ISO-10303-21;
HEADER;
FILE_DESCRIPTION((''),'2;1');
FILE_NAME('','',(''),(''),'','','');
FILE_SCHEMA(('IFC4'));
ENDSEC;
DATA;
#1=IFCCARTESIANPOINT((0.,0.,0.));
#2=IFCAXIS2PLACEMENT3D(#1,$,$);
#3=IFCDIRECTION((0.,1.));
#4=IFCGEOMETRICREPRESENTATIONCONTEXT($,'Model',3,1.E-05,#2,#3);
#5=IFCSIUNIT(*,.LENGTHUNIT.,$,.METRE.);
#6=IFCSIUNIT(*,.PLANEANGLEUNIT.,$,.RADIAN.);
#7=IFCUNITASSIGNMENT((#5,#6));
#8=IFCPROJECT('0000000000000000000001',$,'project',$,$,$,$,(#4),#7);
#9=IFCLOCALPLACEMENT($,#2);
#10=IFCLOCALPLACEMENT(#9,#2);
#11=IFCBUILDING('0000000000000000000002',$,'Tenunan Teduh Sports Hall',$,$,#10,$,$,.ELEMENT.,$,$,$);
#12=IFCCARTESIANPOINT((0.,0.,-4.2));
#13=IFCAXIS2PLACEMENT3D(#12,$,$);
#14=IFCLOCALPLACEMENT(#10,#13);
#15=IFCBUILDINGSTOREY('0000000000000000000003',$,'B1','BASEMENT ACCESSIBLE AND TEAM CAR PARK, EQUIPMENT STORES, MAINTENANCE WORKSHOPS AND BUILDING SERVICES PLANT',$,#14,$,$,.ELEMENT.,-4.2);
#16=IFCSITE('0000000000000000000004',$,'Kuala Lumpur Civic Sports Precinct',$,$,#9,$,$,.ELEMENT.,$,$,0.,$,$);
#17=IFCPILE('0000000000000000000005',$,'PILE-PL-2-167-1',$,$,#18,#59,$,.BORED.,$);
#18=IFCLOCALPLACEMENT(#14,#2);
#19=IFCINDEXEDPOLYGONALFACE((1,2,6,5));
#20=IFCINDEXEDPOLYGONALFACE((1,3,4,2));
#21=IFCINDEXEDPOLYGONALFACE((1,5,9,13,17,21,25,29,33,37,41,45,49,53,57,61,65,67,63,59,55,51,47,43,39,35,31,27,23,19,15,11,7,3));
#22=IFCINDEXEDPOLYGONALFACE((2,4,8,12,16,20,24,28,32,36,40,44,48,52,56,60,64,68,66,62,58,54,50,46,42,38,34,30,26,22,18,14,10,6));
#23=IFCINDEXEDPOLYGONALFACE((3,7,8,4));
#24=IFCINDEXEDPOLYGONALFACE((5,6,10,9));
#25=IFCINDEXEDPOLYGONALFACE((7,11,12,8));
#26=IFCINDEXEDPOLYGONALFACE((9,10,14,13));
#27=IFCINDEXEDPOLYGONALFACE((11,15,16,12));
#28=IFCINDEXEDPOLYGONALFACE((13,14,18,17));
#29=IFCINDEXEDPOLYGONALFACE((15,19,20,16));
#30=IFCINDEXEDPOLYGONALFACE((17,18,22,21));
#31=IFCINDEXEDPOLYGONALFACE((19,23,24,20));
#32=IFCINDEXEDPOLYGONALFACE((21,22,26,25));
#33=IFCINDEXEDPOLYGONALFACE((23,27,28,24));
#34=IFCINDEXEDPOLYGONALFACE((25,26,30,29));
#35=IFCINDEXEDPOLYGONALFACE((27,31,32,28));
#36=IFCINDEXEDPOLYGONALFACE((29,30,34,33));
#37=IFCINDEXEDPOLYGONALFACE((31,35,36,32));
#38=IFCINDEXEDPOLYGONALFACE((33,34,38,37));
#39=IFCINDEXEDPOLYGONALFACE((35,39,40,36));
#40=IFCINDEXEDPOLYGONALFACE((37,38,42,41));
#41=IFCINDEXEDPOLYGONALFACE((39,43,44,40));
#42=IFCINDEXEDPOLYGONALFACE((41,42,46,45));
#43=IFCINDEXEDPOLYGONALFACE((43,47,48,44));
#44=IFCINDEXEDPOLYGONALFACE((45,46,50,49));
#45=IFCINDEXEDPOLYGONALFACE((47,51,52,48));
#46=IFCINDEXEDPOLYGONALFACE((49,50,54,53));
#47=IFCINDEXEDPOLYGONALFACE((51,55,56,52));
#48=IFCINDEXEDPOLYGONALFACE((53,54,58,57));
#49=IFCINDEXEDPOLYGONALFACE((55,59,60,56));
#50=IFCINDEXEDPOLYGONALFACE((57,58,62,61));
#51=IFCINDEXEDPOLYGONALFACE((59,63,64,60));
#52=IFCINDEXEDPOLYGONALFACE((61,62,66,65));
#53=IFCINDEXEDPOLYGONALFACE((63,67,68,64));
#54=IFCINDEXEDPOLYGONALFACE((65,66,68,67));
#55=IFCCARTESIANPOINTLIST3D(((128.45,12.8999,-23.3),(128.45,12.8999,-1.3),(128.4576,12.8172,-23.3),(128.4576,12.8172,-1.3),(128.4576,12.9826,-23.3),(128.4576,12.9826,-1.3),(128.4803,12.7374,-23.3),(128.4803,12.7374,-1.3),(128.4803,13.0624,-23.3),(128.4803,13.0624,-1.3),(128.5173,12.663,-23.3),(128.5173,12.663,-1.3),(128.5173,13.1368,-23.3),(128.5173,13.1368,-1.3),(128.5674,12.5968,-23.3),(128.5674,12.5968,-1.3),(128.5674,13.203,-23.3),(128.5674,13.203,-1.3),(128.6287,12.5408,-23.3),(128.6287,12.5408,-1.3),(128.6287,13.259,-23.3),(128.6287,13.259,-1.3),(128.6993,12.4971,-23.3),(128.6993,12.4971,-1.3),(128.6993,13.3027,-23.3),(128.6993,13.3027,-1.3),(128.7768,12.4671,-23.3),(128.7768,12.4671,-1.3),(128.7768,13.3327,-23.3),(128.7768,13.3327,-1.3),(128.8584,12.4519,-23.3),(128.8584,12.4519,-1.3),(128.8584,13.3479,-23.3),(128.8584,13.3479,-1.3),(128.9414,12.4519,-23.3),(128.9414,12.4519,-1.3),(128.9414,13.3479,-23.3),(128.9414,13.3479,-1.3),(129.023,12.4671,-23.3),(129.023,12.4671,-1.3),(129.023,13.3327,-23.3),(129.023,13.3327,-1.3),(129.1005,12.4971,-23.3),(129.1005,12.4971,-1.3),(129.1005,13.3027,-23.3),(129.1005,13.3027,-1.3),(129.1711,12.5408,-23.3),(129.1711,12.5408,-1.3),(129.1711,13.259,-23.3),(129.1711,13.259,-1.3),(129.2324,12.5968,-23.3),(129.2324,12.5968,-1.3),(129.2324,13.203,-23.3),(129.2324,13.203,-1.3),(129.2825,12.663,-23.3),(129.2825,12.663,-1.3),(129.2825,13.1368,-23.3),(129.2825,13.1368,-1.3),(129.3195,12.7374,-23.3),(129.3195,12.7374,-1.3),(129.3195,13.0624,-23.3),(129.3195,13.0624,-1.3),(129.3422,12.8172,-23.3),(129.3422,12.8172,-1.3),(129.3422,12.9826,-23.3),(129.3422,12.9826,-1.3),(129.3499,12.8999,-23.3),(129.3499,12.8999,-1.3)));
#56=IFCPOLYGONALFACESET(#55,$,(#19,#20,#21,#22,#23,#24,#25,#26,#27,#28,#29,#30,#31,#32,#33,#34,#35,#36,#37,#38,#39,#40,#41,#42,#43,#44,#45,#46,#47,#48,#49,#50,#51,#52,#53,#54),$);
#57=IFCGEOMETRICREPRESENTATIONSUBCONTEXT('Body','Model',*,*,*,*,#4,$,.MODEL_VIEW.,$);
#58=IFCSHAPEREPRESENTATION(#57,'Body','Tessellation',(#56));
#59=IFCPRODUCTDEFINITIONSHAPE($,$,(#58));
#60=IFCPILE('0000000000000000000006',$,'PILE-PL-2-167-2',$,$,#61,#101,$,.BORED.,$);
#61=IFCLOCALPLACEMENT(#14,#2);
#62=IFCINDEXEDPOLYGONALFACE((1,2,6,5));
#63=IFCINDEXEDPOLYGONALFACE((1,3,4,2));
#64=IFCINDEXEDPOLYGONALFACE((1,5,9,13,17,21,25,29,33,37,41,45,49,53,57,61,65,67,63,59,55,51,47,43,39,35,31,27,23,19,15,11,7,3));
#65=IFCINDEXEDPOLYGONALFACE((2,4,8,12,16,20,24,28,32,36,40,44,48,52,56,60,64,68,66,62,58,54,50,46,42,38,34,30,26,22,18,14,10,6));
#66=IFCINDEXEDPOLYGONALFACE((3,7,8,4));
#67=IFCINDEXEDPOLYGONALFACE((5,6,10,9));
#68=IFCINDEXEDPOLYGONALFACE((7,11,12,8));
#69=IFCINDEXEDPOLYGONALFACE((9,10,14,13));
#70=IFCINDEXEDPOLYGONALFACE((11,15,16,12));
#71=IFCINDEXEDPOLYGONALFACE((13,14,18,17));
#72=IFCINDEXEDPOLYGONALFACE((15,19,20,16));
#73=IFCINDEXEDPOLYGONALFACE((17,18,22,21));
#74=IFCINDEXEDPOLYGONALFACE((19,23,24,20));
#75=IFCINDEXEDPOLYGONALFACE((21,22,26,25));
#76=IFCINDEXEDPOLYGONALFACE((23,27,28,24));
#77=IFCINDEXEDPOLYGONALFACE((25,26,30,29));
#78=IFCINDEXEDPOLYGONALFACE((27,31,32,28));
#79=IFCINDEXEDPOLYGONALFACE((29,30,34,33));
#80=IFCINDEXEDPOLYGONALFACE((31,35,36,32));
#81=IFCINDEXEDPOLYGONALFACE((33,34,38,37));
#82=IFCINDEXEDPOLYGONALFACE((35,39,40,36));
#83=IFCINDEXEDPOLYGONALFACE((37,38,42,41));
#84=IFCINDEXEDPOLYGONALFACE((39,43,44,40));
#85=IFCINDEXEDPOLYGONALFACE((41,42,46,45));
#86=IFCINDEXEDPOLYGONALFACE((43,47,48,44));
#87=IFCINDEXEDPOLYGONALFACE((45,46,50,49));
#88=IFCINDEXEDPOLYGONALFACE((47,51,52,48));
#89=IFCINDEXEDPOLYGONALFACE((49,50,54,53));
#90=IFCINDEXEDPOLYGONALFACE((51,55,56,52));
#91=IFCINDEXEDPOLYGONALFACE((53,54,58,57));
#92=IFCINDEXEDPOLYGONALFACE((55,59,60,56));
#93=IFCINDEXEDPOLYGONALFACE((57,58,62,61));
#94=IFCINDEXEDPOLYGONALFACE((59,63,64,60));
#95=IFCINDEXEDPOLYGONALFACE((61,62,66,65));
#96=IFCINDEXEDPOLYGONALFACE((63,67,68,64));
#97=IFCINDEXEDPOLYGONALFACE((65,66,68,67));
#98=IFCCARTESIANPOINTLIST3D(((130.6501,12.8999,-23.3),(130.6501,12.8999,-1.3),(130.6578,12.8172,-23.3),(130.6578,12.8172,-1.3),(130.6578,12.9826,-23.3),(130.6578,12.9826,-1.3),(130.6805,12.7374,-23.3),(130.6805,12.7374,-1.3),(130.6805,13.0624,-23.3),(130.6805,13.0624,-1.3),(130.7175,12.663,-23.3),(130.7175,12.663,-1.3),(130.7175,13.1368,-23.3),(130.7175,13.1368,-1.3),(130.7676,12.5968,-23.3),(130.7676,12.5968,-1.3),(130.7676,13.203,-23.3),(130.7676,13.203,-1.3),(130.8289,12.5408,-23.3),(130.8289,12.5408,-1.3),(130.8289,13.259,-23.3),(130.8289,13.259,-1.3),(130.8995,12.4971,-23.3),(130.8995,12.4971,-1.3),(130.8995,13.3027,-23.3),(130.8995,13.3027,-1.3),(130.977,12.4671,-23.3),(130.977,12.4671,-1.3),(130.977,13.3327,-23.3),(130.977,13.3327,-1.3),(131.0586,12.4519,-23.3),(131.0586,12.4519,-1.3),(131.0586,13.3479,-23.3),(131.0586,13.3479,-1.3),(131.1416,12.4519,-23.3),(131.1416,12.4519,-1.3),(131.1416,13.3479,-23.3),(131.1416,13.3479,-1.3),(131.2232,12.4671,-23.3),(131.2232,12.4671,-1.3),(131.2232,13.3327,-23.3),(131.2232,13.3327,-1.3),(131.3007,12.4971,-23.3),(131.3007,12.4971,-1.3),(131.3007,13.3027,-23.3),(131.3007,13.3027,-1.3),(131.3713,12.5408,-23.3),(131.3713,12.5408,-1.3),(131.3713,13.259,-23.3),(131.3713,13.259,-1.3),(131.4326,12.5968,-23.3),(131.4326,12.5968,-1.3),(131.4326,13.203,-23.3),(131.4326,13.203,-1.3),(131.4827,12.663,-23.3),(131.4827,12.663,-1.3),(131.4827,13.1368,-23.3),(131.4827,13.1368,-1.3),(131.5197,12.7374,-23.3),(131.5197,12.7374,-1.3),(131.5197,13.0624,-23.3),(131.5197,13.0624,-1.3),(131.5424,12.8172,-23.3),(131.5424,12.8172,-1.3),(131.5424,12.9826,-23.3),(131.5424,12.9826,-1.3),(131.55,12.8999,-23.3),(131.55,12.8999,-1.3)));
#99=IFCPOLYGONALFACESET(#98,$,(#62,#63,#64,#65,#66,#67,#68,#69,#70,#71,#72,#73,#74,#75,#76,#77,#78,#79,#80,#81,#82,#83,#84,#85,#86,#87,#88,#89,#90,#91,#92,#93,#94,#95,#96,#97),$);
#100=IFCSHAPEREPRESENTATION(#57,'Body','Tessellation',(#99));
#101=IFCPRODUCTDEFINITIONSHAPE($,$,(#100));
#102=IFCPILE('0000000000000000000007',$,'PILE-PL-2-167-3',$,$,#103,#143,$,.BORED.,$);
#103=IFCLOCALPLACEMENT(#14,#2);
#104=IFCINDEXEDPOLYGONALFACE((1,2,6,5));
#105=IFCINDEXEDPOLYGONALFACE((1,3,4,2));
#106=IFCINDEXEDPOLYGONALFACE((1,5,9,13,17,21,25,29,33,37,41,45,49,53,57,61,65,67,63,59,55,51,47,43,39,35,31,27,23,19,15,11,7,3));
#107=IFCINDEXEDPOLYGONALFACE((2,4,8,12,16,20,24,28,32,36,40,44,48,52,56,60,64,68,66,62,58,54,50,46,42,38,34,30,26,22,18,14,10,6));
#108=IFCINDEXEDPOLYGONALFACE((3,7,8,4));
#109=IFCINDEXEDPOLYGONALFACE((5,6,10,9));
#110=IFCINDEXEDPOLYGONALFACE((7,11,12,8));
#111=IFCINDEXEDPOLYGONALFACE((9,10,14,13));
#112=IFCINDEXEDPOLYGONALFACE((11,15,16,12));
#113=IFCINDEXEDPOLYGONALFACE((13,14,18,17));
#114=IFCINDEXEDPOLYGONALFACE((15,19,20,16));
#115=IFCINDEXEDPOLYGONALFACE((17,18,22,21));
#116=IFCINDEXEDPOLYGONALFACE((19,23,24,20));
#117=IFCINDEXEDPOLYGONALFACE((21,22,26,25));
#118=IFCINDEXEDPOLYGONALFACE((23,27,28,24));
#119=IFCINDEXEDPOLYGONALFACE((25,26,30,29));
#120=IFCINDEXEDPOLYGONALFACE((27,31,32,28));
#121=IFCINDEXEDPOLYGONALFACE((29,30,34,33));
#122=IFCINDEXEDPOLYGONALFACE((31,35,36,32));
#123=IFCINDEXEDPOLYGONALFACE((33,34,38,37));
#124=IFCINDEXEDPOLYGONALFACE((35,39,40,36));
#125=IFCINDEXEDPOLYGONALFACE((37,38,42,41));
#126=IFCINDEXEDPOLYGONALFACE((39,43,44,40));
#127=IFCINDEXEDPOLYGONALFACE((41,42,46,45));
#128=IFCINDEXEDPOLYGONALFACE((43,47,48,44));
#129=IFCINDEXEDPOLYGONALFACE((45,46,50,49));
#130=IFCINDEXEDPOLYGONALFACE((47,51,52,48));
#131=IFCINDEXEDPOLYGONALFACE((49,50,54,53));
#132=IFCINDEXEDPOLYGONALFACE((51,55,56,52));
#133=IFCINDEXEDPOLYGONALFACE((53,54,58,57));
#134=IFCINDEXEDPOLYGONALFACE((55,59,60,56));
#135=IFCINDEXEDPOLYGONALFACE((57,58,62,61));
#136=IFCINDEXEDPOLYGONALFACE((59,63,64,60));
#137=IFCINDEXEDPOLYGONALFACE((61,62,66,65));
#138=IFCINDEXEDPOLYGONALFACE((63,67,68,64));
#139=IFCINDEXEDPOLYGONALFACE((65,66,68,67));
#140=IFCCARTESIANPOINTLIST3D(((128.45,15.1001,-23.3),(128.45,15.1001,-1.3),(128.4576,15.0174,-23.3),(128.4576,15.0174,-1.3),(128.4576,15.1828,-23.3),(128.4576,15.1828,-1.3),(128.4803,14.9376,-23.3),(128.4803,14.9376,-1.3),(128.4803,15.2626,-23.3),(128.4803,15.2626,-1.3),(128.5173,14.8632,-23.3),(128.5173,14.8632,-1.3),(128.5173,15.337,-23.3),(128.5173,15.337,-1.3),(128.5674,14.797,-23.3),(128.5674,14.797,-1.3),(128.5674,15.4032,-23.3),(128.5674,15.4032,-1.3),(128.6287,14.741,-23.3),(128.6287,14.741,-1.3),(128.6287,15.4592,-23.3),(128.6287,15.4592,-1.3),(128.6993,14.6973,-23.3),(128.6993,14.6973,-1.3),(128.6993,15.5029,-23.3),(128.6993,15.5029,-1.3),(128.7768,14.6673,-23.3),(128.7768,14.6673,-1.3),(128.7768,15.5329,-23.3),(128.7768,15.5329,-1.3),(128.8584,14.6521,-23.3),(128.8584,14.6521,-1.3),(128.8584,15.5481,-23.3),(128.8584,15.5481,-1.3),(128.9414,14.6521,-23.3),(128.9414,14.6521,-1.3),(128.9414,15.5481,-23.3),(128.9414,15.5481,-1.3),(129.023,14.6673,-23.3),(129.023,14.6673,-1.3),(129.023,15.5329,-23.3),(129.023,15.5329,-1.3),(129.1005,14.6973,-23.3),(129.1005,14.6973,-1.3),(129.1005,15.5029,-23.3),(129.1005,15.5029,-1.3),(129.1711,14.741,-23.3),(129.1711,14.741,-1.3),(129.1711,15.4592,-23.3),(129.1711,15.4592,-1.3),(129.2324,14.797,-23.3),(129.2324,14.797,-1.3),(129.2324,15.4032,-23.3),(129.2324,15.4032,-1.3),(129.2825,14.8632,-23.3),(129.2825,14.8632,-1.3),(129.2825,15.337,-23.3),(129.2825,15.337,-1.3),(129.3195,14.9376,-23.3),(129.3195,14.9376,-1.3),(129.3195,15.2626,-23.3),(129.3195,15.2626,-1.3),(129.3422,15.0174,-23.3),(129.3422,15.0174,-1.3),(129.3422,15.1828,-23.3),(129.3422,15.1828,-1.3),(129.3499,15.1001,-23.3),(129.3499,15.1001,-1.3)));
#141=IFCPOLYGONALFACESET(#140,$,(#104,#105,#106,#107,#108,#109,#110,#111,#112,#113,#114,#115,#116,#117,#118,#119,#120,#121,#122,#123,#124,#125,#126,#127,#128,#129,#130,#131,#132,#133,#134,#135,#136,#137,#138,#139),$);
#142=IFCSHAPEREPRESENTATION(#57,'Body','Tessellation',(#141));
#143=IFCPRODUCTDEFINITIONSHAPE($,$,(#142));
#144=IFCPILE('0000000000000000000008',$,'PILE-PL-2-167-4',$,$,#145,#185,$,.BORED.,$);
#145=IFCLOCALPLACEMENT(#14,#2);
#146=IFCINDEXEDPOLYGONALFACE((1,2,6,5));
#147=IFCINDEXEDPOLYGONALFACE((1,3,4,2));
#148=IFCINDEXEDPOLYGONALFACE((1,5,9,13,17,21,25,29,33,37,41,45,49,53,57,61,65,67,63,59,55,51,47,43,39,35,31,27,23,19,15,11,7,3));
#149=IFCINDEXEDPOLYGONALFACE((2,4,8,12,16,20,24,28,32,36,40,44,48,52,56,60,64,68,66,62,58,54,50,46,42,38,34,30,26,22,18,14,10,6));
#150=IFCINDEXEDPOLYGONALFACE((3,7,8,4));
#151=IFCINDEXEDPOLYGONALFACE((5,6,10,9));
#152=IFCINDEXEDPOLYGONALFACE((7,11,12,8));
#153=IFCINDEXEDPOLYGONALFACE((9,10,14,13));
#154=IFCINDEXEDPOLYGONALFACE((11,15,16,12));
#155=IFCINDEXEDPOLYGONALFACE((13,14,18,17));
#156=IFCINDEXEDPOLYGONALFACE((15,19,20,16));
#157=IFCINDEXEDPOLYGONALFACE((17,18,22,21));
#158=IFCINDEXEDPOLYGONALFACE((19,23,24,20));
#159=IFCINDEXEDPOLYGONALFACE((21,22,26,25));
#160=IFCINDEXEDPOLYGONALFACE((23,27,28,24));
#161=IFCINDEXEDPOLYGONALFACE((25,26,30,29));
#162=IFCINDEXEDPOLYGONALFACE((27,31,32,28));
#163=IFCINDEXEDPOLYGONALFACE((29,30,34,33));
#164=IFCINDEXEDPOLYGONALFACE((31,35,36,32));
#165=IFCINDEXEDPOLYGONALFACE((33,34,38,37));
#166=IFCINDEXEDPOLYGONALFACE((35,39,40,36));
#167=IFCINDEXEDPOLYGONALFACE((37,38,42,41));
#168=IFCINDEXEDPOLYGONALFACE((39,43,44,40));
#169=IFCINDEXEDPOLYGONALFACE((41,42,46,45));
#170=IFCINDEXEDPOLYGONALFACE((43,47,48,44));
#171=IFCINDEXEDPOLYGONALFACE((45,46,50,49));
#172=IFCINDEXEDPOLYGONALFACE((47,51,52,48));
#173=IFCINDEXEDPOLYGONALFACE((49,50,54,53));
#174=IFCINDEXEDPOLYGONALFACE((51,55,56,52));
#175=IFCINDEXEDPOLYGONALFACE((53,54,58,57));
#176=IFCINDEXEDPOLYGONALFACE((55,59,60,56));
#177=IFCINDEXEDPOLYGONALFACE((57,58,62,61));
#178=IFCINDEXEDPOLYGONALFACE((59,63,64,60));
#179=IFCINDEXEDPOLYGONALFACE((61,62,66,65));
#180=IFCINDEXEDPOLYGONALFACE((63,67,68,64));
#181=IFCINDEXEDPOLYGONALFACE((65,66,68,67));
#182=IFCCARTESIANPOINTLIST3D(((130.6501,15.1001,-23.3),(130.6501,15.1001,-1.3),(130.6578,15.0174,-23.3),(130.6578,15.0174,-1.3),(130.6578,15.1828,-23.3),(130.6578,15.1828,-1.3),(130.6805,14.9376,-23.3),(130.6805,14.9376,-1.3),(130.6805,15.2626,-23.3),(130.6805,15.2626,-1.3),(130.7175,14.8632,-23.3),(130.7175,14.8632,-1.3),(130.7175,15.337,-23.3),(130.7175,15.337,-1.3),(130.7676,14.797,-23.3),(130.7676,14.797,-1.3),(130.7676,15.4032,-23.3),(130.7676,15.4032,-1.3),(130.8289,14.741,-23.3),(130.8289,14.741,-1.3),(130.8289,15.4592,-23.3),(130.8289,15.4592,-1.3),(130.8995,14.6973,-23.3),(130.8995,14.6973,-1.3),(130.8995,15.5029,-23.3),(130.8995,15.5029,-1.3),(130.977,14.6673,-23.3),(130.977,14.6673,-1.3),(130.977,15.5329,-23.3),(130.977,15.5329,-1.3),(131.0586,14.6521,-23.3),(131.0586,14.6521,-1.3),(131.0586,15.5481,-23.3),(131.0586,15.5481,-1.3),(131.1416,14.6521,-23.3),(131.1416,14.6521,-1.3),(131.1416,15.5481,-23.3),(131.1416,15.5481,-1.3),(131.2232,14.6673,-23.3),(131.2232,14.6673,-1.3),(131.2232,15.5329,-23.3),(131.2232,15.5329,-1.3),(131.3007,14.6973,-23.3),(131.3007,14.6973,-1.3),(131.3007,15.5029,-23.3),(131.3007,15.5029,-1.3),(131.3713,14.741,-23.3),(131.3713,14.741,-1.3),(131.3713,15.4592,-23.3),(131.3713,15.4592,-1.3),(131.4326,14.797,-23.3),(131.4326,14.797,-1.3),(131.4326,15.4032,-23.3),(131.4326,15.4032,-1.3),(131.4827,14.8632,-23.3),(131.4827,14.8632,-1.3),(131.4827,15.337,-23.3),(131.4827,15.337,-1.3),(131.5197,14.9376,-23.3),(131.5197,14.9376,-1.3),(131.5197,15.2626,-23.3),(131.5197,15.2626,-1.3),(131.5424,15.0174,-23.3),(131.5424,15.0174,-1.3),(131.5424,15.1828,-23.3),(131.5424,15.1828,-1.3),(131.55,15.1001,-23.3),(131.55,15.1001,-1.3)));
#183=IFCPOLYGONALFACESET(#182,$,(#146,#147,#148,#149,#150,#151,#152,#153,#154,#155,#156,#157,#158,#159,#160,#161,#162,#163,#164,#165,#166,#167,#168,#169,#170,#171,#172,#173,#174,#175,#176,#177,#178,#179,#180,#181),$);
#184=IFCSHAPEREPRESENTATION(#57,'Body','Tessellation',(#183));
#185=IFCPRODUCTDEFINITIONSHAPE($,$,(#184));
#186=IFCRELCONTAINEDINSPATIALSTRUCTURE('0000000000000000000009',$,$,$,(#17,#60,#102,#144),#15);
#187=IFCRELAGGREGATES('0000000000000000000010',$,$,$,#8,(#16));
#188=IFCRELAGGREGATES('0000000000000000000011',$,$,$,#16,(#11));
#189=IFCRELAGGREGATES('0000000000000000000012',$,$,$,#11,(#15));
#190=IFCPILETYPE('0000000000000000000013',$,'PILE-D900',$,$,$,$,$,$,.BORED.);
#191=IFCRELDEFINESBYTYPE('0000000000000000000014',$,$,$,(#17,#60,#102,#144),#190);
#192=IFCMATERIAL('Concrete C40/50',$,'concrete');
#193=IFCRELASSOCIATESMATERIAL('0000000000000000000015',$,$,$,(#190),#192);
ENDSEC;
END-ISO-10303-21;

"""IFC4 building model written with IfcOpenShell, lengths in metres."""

from ifc_helpers import new_model, si_unit, direction, frame, origin, origin_2d, place, context, subcontext, project, spatial, circle, extrude, material, material_profile, profile_set, type_object, element, save


model = new_model("IFC4")

# Units and contexts
model_context = context("Model", 3, precision=1e-05, world=origin(), true_north=direction((0.0, 1.0)))
body_context = subcontext(model_context, "Body", "Model", "MODEL_VIEW")
ifc_project = project(units=[si_unit("LENGTHUNIT", "METRE"), si_unit("PLANEANGLEUNIT", "RADIAN")], contexts=[model_context])

# Site, building, storey
site_placement = place(None, origin())
site = spatial("IfcSite", under=ifc_project, at=site_placement, Name="Kuala Lumpur Civic Sports Precinct", CompositionType="ELEMENT", RefElevation=0.0)
building_placement = place(site_placement, origin())
building = spatial("IfcBuilding", under=site, at=building_placement, Name="Tenunan Teduh Sports Hall", CompositionType="ELEMENT")
storey_placement = place(building_placement, frame((0.0, 0.0, -4.2)))
storey = spatial("IfcBuildingStorey", under=building, at=storey_placement, Name="B1", Description="BASEMENT ACCESSIBLE AND TEAM CAR PARK, EQUIPMENT STORES, MAINTENANCE WORKSHOPS AND BUILDING SERVICES PLANT", CompositionType="ELEMENT", Elevation=-4.2)

# Piles
ifc_material_1 = material(Name="Concrete C40/50", Category="concrete")
ifc_material_profile_1 = material_profile(ifc_material_1, circle(Radius=0.45, at=origin_2d()), Name="PILE D900")
ifc_profile_set_1 = profile_set([ifc_material_profile_1], Name="Concrete C40/50")
pile_type = type_object("IfcPileType", Name="PILE-D900", PredefinedType="BORED", material=ifc_profile_set_1)
for number, where, z_axis, x_axis, name in (
    (1, (128.8999, 12.8999, -1.3), (0.0, 0.0, -1.0), (1.0, 0.0, 0.0), "PILE-PL-2-167-1"),
    (2, (131.1001, 12.8999, -1.3), (0.0, 0.0, -1.0), (1.0, 0.0, 0.0), "PILE-PL-2-167-2"),
    (3, (128.8999, 15.1001, -1.3), (0.0, 0.0, -1.0), (1.0, 0.0, 0.0), "PILE-PL-2-167-3"),
    (4, (131.1001, 15.1001, -1.3), (0.0, 0.0, -1.0), (1.0, 0.0, 0.0), "PILE-PL-2-167-4"),
):
    element("IfcPile", number, at=place(storey_placement, frame(where, z_axis=z_axis, x_axis=x_axis)), inside=storey, type_object=pile_type, Name=name, PredefinedType="BORED", context=body_context, shape_type="SweptSolid", body=[
        extrude(circle(Radius=0.45, at=origin_2d()), origin(), (0.0, 0.0, 1.0), 22.0),
    ])

save(model, "model.ifc")
